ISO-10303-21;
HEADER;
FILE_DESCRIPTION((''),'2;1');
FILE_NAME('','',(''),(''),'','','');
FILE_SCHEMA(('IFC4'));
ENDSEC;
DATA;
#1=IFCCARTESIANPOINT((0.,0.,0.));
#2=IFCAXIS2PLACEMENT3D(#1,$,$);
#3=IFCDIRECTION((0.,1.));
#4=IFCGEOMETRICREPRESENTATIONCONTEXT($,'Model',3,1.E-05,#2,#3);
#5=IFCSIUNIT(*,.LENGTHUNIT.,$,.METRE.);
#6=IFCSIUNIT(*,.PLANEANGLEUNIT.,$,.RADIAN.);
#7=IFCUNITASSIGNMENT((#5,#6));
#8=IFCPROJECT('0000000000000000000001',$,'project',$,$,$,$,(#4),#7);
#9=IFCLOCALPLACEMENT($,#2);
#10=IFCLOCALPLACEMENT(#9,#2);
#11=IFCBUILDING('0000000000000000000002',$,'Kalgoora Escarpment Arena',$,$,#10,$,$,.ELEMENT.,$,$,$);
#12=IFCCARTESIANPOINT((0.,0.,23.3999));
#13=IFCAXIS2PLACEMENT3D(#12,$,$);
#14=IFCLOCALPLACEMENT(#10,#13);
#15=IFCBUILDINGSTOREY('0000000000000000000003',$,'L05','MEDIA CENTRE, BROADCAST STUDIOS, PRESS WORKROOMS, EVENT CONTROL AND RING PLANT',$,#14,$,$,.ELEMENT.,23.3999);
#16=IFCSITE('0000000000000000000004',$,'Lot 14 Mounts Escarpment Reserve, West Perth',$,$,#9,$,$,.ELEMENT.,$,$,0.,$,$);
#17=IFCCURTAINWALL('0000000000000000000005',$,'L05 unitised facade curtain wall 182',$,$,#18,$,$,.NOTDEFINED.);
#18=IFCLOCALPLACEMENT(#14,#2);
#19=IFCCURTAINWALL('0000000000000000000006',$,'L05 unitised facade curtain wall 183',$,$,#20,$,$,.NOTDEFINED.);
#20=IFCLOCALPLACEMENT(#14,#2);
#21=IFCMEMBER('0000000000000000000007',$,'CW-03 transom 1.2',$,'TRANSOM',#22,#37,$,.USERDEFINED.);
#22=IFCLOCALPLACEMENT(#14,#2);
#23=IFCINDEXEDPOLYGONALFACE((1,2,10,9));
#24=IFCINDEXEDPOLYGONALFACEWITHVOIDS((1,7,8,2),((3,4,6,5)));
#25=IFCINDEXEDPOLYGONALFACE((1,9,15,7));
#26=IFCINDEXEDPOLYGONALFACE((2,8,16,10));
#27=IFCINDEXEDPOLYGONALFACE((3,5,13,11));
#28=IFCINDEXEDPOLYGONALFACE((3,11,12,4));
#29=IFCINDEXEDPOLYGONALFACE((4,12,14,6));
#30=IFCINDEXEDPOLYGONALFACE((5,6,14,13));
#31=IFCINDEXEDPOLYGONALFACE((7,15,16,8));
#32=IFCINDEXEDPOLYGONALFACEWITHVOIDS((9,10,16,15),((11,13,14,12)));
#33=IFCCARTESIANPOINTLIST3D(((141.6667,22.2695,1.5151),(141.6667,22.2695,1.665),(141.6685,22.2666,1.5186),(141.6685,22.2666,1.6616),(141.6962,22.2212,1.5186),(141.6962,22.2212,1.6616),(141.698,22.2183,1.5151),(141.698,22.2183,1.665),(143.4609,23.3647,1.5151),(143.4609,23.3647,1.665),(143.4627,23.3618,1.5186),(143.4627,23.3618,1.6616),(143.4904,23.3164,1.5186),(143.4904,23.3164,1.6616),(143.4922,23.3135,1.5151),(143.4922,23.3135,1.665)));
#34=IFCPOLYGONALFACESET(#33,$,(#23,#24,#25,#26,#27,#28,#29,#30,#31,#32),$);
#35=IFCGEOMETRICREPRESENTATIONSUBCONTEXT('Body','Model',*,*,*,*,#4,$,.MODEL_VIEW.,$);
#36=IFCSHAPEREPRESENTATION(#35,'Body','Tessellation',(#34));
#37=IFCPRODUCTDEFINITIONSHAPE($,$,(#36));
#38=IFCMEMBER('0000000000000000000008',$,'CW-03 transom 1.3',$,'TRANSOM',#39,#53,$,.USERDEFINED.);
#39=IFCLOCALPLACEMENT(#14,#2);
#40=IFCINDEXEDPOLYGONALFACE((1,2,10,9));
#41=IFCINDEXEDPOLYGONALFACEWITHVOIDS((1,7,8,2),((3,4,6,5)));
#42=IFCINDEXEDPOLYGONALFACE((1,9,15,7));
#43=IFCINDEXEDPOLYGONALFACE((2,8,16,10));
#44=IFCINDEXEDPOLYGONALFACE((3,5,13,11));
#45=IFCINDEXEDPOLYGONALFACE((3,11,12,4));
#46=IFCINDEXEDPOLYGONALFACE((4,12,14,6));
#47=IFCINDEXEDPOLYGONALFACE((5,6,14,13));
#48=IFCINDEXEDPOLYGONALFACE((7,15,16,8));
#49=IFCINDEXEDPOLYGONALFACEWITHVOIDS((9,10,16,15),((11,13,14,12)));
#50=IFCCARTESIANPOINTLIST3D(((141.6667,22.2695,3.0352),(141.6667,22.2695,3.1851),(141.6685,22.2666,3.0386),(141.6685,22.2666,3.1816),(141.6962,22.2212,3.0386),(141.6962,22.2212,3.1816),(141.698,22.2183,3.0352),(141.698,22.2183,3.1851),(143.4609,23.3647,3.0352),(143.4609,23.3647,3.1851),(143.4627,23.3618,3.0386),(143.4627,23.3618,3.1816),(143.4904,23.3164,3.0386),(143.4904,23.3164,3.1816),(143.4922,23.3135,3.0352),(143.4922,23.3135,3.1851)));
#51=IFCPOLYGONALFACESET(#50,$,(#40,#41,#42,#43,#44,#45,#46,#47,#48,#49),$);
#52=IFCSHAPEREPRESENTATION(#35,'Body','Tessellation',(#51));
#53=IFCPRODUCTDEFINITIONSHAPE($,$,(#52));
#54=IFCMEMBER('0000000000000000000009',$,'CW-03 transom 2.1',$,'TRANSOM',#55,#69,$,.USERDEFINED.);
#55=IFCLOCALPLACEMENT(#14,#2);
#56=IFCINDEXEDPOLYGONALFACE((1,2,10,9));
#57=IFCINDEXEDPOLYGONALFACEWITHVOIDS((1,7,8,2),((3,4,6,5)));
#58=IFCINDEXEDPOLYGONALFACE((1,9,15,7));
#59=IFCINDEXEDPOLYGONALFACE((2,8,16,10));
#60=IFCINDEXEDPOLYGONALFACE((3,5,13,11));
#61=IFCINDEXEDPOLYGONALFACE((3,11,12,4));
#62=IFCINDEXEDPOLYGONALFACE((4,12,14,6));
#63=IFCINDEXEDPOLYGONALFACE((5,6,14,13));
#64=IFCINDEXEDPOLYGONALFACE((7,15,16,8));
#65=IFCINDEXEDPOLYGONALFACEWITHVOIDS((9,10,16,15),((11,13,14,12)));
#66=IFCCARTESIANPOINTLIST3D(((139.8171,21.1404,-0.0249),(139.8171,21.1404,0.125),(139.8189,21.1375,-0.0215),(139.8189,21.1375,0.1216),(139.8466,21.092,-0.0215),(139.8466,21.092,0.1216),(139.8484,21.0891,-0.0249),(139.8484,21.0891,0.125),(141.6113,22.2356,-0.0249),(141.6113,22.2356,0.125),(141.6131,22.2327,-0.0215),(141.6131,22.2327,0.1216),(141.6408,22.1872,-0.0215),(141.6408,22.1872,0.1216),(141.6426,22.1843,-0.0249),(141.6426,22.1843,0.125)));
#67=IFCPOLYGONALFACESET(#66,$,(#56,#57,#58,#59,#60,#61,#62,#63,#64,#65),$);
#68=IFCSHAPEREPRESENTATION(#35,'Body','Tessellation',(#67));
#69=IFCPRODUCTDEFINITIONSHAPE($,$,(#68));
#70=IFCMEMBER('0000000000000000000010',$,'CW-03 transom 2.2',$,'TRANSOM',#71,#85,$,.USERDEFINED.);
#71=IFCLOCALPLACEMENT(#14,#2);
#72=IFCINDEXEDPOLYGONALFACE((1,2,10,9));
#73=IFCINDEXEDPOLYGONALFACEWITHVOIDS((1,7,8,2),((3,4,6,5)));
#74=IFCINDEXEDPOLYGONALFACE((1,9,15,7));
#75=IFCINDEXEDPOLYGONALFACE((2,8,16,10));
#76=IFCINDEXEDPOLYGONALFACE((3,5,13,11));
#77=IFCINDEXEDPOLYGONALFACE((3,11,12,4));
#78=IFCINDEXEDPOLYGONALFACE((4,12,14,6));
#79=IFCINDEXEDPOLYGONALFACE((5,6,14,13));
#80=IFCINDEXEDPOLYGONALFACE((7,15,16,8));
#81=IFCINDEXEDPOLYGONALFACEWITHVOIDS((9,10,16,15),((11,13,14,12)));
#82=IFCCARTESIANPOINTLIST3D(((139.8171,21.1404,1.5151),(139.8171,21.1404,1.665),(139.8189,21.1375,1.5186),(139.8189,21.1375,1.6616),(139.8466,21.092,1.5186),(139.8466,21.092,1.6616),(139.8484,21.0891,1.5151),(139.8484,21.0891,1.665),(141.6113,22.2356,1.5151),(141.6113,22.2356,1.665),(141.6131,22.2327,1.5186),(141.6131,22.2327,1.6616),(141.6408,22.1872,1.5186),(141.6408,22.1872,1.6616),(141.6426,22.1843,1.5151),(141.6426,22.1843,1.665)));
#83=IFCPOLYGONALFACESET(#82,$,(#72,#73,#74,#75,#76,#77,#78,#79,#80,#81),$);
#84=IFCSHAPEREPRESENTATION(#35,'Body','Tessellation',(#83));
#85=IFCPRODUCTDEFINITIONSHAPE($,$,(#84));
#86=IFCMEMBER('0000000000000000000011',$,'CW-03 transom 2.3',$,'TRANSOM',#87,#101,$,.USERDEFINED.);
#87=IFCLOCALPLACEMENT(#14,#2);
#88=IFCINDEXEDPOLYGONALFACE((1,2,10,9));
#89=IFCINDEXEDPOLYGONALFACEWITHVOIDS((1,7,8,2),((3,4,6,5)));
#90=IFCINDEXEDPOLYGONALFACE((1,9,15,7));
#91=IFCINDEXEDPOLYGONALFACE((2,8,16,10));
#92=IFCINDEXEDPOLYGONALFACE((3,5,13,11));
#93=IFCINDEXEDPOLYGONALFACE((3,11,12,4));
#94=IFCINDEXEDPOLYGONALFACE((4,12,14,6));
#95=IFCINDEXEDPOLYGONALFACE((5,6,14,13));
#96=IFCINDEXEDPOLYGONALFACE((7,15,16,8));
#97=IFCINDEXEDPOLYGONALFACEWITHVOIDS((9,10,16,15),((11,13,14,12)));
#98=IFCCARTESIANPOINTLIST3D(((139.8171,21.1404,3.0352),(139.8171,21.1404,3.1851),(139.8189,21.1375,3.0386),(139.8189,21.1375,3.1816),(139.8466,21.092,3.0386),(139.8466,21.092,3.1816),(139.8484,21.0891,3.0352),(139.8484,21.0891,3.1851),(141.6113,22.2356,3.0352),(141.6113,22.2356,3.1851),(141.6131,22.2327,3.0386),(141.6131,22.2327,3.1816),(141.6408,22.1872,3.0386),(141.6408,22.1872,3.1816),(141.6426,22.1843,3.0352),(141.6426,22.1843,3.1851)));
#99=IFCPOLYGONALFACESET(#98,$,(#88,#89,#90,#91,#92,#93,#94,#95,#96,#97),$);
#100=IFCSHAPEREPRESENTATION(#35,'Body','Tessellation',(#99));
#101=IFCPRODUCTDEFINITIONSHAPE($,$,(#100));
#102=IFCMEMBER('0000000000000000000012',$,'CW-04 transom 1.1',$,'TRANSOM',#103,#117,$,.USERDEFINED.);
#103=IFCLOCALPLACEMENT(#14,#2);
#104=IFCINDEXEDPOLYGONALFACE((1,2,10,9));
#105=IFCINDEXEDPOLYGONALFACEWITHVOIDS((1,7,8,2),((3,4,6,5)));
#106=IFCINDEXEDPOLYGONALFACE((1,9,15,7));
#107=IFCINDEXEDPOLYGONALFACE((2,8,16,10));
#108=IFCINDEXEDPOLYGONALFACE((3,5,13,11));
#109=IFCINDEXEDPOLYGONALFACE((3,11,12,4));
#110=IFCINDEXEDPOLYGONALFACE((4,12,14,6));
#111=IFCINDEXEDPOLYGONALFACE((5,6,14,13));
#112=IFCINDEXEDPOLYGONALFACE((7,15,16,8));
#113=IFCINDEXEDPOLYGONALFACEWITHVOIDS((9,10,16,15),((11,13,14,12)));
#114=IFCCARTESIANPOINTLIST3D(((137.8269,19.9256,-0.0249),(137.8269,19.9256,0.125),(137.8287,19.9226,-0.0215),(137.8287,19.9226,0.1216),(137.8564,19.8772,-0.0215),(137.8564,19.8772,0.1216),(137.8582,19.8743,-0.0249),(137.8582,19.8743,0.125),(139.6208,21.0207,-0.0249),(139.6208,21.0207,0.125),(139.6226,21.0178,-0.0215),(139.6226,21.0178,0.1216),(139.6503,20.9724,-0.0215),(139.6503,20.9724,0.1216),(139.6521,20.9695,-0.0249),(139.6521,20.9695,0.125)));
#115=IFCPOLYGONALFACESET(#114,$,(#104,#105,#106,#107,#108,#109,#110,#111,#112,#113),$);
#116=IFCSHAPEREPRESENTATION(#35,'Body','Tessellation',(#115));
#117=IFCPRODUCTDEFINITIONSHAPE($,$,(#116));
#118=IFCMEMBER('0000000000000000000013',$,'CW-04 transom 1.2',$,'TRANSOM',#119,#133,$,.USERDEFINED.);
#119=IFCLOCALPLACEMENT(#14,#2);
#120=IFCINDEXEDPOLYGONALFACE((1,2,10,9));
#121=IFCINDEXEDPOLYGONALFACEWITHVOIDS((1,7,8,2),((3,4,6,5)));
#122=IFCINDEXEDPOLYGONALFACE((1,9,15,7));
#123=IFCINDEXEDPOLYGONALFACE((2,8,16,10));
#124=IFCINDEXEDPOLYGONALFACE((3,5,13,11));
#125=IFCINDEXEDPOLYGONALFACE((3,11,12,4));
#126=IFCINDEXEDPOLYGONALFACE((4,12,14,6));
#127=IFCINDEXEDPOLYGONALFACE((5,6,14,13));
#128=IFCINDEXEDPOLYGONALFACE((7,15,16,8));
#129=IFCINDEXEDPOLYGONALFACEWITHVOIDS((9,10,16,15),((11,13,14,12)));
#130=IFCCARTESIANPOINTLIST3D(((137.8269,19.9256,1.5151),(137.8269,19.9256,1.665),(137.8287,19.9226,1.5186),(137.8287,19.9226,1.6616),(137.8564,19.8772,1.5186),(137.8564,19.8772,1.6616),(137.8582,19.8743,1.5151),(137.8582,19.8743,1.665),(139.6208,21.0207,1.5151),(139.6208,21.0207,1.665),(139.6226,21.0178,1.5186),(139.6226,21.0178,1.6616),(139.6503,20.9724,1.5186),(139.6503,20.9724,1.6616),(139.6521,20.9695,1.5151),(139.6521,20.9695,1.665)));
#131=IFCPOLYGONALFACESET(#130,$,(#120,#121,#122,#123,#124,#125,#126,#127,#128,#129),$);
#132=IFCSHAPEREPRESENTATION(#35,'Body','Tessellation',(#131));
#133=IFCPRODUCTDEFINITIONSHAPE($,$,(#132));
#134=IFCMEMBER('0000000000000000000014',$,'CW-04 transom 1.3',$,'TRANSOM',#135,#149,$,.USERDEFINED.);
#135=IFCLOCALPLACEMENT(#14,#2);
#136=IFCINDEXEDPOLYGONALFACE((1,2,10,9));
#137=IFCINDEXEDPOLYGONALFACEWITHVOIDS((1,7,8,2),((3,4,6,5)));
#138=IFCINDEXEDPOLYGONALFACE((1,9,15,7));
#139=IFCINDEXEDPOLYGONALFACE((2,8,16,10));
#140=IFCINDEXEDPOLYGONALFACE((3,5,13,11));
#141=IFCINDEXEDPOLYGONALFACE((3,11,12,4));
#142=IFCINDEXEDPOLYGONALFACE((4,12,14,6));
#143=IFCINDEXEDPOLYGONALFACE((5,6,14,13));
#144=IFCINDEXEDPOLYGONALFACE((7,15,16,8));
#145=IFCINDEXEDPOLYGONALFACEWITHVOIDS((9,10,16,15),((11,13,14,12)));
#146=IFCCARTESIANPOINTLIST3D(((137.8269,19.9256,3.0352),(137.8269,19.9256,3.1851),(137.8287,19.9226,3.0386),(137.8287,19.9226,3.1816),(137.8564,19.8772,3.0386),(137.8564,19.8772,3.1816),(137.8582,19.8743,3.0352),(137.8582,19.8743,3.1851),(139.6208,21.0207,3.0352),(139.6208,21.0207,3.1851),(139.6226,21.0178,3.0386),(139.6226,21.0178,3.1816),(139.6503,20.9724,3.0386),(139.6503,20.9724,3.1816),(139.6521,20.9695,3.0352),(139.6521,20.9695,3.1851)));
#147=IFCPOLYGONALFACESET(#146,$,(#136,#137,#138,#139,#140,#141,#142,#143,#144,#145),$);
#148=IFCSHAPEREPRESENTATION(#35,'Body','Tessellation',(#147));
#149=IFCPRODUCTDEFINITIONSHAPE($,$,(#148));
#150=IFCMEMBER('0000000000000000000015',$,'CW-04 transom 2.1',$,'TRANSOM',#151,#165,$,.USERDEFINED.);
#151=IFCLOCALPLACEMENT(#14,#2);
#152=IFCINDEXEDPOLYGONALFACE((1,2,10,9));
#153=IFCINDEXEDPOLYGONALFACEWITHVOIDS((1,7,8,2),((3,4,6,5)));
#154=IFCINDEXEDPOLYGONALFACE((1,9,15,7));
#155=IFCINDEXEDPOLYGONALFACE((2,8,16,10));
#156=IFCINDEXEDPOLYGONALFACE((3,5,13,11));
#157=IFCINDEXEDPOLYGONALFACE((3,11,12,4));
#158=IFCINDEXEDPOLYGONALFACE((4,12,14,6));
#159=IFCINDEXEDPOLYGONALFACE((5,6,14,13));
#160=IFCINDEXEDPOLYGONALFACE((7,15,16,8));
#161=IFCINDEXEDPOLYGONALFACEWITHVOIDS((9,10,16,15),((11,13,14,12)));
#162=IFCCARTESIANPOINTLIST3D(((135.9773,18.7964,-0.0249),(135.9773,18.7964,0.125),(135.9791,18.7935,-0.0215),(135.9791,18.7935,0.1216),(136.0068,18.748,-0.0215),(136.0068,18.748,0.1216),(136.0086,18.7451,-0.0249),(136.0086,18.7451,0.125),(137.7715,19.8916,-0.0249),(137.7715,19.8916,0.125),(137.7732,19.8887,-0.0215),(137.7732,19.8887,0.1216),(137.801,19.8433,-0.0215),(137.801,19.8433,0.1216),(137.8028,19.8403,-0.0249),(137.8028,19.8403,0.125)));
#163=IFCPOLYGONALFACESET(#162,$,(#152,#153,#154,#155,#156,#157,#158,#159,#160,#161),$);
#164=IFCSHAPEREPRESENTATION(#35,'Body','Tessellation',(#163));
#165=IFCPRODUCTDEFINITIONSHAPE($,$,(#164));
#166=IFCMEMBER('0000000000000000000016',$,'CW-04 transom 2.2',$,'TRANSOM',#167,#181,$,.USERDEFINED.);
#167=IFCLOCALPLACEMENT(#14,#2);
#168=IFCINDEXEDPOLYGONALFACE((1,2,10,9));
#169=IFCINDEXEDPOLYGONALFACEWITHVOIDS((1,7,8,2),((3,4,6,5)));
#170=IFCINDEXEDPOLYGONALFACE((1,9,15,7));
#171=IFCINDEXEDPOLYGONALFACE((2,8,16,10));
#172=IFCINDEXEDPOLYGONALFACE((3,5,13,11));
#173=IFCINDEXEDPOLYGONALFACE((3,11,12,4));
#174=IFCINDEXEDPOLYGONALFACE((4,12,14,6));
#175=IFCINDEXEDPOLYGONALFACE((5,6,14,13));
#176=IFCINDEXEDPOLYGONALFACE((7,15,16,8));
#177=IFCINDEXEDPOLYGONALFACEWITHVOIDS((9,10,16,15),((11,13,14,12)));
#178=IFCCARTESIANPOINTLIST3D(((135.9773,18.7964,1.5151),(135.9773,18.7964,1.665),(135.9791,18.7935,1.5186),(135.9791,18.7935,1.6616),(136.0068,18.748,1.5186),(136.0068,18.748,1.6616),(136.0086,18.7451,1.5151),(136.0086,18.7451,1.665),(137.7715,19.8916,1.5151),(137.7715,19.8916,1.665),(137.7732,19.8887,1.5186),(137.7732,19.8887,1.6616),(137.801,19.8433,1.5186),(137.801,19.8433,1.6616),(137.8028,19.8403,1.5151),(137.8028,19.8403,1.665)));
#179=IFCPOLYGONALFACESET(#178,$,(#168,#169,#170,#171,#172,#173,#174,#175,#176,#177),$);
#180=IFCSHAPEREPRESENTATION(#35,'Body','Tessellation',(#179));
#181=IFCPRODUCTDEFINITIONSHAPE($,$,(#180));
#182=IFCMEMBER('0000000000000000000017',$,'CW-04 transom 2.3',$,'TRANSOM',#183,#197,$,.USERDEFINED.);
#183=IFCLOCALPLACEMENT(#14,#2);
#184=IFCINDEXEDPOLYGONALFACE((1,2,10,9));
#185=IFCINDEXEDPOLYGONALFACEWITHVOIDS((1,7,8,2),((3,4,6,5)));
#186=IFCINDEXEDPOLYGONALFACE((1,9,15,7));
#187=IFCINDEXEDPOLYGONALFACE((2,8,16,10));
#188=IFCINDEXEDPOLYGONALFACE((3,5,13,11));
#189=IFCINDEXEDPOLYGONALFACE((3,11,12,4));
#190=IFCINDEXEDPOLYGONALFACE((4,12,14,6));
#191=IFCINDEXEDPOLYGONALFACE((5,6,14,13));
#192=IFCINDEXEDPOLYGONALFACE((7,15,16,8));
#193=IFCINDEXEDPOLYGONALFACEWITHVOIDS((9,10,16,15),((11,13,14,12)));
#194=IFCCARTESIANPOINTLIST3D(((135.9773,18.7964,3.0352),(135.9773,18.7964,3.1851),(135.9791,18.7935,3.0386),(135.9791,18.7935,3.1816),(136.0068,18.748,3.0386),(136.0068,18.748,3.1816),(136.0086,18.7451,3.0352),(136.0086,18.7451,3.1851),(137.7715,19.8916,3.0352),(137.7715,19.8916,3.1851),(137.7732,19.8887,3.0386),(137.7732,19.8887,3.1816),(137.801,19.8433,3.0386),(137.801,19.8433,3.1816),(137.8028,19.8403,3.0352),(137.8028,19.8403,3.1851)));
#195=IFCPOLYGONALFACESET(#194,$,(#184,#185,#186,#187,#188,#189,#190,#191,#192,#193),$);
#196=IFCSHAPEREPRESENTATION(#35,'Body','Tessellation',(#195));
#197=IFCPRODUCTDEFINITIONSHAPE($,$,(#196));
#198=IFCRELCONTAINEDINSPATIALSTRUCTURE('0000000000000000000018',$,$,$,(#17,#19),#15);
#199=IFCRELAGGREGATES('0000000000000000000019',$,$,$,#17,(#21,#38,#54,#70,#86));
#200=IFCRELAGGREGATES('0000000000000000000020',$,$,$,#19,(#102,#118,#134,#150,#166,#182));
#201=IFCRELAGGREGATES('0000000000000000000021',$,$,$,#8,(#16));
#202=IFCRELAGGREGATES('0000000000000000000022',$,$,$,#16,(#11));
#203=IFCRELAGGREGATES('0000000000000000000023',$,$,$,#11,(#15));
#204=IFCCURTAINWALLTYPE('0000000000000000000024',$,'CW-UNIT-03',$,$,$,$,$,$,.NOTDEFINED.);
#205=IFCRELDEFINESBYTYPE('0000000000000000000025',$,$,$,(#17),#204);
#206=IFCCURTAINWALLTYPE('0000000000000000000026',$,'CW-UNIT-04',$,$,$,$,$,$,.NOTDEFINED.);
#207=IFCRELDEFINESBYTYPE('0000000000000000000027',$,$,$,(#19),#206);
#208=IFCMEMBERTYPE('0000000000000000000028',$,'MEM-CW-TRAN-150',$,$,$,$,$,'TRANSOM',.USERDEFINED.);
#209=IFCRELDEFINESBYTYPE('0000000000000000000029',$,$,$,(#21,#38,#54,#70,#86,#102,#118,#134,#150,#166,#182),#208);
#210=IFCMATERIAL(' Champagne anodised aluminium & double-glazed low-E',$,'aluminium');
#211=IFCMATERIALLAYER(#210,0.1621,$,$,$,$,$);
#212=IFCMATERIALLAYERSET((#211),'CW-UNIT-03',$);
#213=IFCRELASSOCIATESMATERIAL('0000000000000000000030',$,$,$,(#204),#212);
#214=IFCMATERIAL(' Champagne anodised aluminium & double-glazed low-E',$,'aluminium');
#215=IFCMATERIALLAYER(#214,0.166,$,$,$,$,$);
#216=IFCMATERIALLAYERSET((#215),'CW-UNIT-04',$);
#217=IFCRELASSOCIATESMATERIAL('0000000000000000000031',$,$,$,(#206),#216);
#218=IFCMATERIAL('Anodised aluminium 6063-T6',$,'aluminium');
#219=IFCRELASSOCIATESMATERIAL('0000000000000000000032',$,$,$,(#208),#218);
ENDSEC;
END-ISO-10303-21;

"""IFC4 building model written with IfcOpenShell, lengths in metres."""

from ifc_helpers import new_model, si_unit, direction, frame, origin, origin_2d, place, context, subcontext, project, spatial, hollow_rectangle, extrude, material, layer, layer_set, material_profile, profile_set, type_object, element, aggregate, save


model = new_model("IFC4")

# Units and contexts
model_context = context("Model", 3, precision=1e-05, world=origin(), true_north=direction((0.0, 1.0)))
body_context = subcontext(model_context, "Body", "Model", "MODEL_VIEW")
ifc_project = project(units=[si_unit("LENGTHUNIT", "METRE"), si_unit("PLANEANGLEUNIT", "RADIAN")], contexts=[model_context])

# Site, building, storey
site_placement = place(None, origin())
site = spatial("IfcSite", under=ifc_project, at=site_placement, Name="Lot 14 Mounts Escarpment Reserve, West Perth", CompositionType="ELEMENT", RefElevation=0.0)
building_placement = place(site_placement, origin())
building = spatial("IfcBuilding", under=site, at=building_placement, Name="Kalgoora Escarpment Arena", CompositionType="ELEMENT")
storey_placement = place(building_placement, frame((0.0, 0.0, 23.3999)))
storey = spatial("IfcBuildingStorey", under=building, at=storey_placement, Name="L05", Description="MEDIA CENTRE, BROADCAST STUDIOS, PRESS WORKROOMS, EVENT CONTROL AND RING PLANT", CompositionType="ELEMENT", Elevation=23.3999)

# Curtain walls
ifc_material_1 = material(Name=" Champagne anodised aluminium & double-glazed low-E", Category="aluminium")
ifc_layer_1 = layer(ifc_material_1, 0.1621)
ifc_layer_set_1 = layer_set([ifc_layer_1], Name="CW-UNIT-03")
curtain_wall_type_1 = type_object("IfcCurtainWallType", Name="CW-UNIT-03", PredefinedType="NOTDEFINED", material=ifc_layer_set_1)
curtain_wall_1_placement = place(storey_placement, origin())
curtain_wall_1 = element("IfcCurtainWall", 1, at=curtain_wall_1_placement, inside=storey, type_object=curtain_wall_type_1, Name="L05 unitised facade curtain wall 182", PredefinedType="NOTDEFINED")
ifc_material_2 = material(Name=" Champagne anodised aluminium & double-glazed low-E", Category="aluminium")
ifc_layer_2 = layer(ifc_material_2, 0.166)
ifc_layer_set_2 = layer_set([ifc_layer_2], Name="CW-UNIT-04")
curtain_wall_type_2 = type_object("IfcCurtainWallType", Name="CW-UNIT-04", PredefinedType="NOTDEFINED", material=ifc_layer_set_2)
curtain_wall_2_placement = place(storey_placement, origin())
curtain_wall_2 = element("IfcCurtainWall", 2, at=curtain_wall_2_placement, inside=storey, type_object=curtain_wall_type_2, Name="L05 unitised facade curtain wall 183", PredefinedType="NOTDEFINED")

# Members
ifc_material_3 = material(Name="Anodised aluminium 6063-T6", Category="aluminium")
ifc_material_profile_1 = material_profile(ifc_material_3, hollow_rectangle(XDim=0.0601, YDim=0.1499, WallThickness=0.0034, at=origin_2d()))
ifc_profile_set_1 = profile_set([ifc_material_profile_1], Name="Anodised aluminium 6063-T6")
member_type_1 = type_object("IfcMemberType", Name="MEM-CW-TRAN-150", ElementType="TRANSOM", PredefinedType="USERDEFINED", material=ifc_profile_set_1)
member_1_placement = place(storey_placement, frame((143.4766, 23.3391, 1.5901), z_axis=(-0.853543, -0.521022, 0.0), x_axis=(0.521022, -0.853543, 0.0)))
member_1 = element("IfcMember", 3, at=member_1_placement, type_object=member_type_1, Name="CW-03 transom 1.2", ObjectType="TRANSOM", PredefinedType="USERDEFINED", context=body_context, shape_type="SweptSolid", body=[
    extrude(hollow_rectangle(XDim=0.0601, YDim=0.1499, WallThickness=0.0034, at=origin_2d()), origin(), (0.0, 0.0, 1.0), 2.1021),
])
member_2_placement = place(storey_placement, frame((143.4766, 23.3391, 3.1101), z_axis=(-0.853543, -0.521022, 0.0), x_axis=(0.521022, -0.853543, 0.0)))
member_2 = element("IfcMember", 4, at=member_2_placement, type_object=member_type_1, Name="CW-03 transom 1.3", ObjectType="TRANSOM", PredefinedType="USERDEFINED", context=body_context, shape_type="SweptSolid", body=[
    extrude(hollow_rectangle(XDim=0.0601, YDim=0.1499, WallThickness=0.0034, at=origin_2d()), origin(), (0.0, 0.0, 1.0), 2.1021),
])
member_3_placement = place(storey_placement, frame((141.627, 22.21, 0.05), z_axis=(-0.853543, -0.521022, 0.0), x_axis=(0.521022, -0.853543, 0.0)))
member_3 = element("IfcMember", 5, at=member_3_placement, type_object=member_type_1, Name="CW-03 transom 2.1", ObjectType="TRANSOM", PredefinedType="USERDEFINED", context=body_context, shape_type="SweptSolid", body=[
    extrude(hollow_rectangle(XDim=0.0601, YDim=0.1499, WallThickness=0.0034, at=origin_2d()), origin(), (0.0, 0.0, 1.0), 2.1021),
])
member_4_placement = place(storey_placement, frame((141.627, 22.21, 1.5901), z_axis=(-0.853543, -0.521022, 0.0), x_axis=(0.521022, -0.853543, 0.0)))
member_4 = element("IfcMember", 6, at=member_4_placement, type_object=member_type_1, Name="CW-03 transom 2.2", ObjectType="TRANSOM", PredefinedType="USERDEFINED", context=body_context, shape_type="SweptSolid", body=[
    extrude(hollow_rectangle(XDim=0.0601, YDim=0.1499, WallThickness=0.0034, at=origin_2d()), origin(), (0.0, 0.0, 1.0), 2.1021),
])
member_5_placement = place(storey_placement, frame((141.627, 22.21, 3.1101), z_axis=(-0.853543, -0.521022, 0.0), x_axis=(0.521022, -0.853543, 0.0)))
member_5 = element("IfcMember", 7, at=member_5_placement, type_object=member_type_1, Name="CW-03 transom 2.3", ObjectType="TRANSOM", PredefinedType="USERDEFINED", context=body_context, shape_type="SweptSolid", body=[
    extrude(hollow_rectangle(XDim=0.0601, YDim=0.1499, WallThickness=0.0034, at=origin_2d()), origin(), (0.0, 0.0, 1.0), 2.1021),
])
member_6_placement = place(storey_placement, frame((139.6365, 20.9951, 0.05), z_axis=(-0.853511, -0.521074, 0.0), x_axis=(0.521074, -0.853511, 0.0)))
member_6 = element("IfcMember", 8, at=member_6_placement, type_object=member_type_1, Name="CW-04 transom 1.1", ObjectType="TRANSOM", PredefinedType="USERDEFINED", context=body_context, shape_type="SweptSolid", body=[
    extrude(hollow_rectangle(XDim=0.0601, YDim=0.1499, WallThickness=0.0034, at=origin_2d()), origin(), (0.0, 0.0, 1.0), 2.1018),
])
member_7_placement = place(storey_placement, frame((139.6365, 20.9951, 1.5901), z_axis=(-0.853511, -0.521074, 0.0), x_axis=(0.521074, -0.853511, 0.0)))
member_7 = element("IfcMember", 9, at=member_7_placement, type_object=member_type_1, Name="CW-04 transom 1.2", ObjectType="TRANSOM", PredefinedType="USERDEFINED", context=body_context, shape_type="SweptSolid", body=[
    extrude(hollow_rectangle(XDim=0.0601, YDim=0.1499, WallThickness=0.0034, at=origin_2d()), origin(), (0.0, 0.0, 1.0), 2.1018),
])
member_8_placement = place(storey_placement, frame((139.6365, 20.9951, 3.1101), z_axis=(-0.853511, -0.521074, 0.0), x_axis=(0.521074, -0.853511, 0.0)))
member_8 = element("IfcMember", 10, at=member_8_placement, type_object=member_type_1, Name="CW-04 transom 1.3", ObjectType="TRANSOM", PredefinedType="USERDEFINED", context=body_context, shape_type="SweptSolid", body=[
    extrude(hollow_rectangle(XDim=0.0601, YDim=0.1499, WallThickness=0.0034, at=origin_2d()), origin(), (0.0, 0.0, 1.0), 2.1018),
])
member_9_placement = place(storey_placement, frame((137.7871, 19.866, 0.05), z_axis=(-0.853543, -0.521022, 0.0), x_axis=(0.521022, -0.853543, 0.0)))
member_9 = element("IfcMember", 11, at=member_9_placement, type_object=member_type_1, Name="CW-04 transom 2.1", ObjectType="TRANSOM", PredefinedType="USERDEFINED", context=body_context, shape_type="SweptSolid", body=[
    extrude(hollow_rectangle(XDim=0.0601, YDim=0.1499, WallThickness=0.0034, at=origin_2d()), origin(), (0.0, 0.0, 1.0), 2.1021),
])
member_10_placement = place(storey_placement, frame((137.7871, 19.866, 1.5901), z_axis=(-0.853543, -0.521022, 0.0), x_axis=(0.521022, -0.853543, 0.0)))
member_10 = element("IfcMember", 12, at=member_10_placement, type_object=member_type_1, Name="CW-04 transom 2.2", ObjectType="TRANSOM", PredefinedType="USERDEFINED", context=body_context, shape_type="SweptSolid", body=[
    extrude(hollow_rectangle(XDim=0.0601, YDim=0.1499, WallThickness=0.0034, at=origin_2d()), origin(), (0.0, 0.0, 1.0), 2.1021),
])
member_11_placement = place(storey_placement, frame((137.7871, 19.866, 3.1101), z_axis=(-0.853543, -0.521022, 0.0), x_axis=(0.521022, -0.853543, 0.0)))
member_11 = element("IfcMember", 13, at=member_11_placement, type_object=member_type_1, Name="CW-04 transom 2.3", ObjectType="TRANSOM", PredefinedType="USERDEFINED", context=body_context, shape_type="SweptSolid", body=[
    extrude(hollow_rectangle(XDim=0.0601, YDim=0.1499, WallThickness=0.0034, at=origin_2d()), origin(), (0.0, 0.0, 1.0), 2.1021),
])

aggregate(curtain_wall_1, [member_1, member_2, member_3, member_4, member_5])
aggregate(curtain_wall_2, [member_6, member_7, member_8, member_9, member_10, member_11])

save(model, "model.ifc")
